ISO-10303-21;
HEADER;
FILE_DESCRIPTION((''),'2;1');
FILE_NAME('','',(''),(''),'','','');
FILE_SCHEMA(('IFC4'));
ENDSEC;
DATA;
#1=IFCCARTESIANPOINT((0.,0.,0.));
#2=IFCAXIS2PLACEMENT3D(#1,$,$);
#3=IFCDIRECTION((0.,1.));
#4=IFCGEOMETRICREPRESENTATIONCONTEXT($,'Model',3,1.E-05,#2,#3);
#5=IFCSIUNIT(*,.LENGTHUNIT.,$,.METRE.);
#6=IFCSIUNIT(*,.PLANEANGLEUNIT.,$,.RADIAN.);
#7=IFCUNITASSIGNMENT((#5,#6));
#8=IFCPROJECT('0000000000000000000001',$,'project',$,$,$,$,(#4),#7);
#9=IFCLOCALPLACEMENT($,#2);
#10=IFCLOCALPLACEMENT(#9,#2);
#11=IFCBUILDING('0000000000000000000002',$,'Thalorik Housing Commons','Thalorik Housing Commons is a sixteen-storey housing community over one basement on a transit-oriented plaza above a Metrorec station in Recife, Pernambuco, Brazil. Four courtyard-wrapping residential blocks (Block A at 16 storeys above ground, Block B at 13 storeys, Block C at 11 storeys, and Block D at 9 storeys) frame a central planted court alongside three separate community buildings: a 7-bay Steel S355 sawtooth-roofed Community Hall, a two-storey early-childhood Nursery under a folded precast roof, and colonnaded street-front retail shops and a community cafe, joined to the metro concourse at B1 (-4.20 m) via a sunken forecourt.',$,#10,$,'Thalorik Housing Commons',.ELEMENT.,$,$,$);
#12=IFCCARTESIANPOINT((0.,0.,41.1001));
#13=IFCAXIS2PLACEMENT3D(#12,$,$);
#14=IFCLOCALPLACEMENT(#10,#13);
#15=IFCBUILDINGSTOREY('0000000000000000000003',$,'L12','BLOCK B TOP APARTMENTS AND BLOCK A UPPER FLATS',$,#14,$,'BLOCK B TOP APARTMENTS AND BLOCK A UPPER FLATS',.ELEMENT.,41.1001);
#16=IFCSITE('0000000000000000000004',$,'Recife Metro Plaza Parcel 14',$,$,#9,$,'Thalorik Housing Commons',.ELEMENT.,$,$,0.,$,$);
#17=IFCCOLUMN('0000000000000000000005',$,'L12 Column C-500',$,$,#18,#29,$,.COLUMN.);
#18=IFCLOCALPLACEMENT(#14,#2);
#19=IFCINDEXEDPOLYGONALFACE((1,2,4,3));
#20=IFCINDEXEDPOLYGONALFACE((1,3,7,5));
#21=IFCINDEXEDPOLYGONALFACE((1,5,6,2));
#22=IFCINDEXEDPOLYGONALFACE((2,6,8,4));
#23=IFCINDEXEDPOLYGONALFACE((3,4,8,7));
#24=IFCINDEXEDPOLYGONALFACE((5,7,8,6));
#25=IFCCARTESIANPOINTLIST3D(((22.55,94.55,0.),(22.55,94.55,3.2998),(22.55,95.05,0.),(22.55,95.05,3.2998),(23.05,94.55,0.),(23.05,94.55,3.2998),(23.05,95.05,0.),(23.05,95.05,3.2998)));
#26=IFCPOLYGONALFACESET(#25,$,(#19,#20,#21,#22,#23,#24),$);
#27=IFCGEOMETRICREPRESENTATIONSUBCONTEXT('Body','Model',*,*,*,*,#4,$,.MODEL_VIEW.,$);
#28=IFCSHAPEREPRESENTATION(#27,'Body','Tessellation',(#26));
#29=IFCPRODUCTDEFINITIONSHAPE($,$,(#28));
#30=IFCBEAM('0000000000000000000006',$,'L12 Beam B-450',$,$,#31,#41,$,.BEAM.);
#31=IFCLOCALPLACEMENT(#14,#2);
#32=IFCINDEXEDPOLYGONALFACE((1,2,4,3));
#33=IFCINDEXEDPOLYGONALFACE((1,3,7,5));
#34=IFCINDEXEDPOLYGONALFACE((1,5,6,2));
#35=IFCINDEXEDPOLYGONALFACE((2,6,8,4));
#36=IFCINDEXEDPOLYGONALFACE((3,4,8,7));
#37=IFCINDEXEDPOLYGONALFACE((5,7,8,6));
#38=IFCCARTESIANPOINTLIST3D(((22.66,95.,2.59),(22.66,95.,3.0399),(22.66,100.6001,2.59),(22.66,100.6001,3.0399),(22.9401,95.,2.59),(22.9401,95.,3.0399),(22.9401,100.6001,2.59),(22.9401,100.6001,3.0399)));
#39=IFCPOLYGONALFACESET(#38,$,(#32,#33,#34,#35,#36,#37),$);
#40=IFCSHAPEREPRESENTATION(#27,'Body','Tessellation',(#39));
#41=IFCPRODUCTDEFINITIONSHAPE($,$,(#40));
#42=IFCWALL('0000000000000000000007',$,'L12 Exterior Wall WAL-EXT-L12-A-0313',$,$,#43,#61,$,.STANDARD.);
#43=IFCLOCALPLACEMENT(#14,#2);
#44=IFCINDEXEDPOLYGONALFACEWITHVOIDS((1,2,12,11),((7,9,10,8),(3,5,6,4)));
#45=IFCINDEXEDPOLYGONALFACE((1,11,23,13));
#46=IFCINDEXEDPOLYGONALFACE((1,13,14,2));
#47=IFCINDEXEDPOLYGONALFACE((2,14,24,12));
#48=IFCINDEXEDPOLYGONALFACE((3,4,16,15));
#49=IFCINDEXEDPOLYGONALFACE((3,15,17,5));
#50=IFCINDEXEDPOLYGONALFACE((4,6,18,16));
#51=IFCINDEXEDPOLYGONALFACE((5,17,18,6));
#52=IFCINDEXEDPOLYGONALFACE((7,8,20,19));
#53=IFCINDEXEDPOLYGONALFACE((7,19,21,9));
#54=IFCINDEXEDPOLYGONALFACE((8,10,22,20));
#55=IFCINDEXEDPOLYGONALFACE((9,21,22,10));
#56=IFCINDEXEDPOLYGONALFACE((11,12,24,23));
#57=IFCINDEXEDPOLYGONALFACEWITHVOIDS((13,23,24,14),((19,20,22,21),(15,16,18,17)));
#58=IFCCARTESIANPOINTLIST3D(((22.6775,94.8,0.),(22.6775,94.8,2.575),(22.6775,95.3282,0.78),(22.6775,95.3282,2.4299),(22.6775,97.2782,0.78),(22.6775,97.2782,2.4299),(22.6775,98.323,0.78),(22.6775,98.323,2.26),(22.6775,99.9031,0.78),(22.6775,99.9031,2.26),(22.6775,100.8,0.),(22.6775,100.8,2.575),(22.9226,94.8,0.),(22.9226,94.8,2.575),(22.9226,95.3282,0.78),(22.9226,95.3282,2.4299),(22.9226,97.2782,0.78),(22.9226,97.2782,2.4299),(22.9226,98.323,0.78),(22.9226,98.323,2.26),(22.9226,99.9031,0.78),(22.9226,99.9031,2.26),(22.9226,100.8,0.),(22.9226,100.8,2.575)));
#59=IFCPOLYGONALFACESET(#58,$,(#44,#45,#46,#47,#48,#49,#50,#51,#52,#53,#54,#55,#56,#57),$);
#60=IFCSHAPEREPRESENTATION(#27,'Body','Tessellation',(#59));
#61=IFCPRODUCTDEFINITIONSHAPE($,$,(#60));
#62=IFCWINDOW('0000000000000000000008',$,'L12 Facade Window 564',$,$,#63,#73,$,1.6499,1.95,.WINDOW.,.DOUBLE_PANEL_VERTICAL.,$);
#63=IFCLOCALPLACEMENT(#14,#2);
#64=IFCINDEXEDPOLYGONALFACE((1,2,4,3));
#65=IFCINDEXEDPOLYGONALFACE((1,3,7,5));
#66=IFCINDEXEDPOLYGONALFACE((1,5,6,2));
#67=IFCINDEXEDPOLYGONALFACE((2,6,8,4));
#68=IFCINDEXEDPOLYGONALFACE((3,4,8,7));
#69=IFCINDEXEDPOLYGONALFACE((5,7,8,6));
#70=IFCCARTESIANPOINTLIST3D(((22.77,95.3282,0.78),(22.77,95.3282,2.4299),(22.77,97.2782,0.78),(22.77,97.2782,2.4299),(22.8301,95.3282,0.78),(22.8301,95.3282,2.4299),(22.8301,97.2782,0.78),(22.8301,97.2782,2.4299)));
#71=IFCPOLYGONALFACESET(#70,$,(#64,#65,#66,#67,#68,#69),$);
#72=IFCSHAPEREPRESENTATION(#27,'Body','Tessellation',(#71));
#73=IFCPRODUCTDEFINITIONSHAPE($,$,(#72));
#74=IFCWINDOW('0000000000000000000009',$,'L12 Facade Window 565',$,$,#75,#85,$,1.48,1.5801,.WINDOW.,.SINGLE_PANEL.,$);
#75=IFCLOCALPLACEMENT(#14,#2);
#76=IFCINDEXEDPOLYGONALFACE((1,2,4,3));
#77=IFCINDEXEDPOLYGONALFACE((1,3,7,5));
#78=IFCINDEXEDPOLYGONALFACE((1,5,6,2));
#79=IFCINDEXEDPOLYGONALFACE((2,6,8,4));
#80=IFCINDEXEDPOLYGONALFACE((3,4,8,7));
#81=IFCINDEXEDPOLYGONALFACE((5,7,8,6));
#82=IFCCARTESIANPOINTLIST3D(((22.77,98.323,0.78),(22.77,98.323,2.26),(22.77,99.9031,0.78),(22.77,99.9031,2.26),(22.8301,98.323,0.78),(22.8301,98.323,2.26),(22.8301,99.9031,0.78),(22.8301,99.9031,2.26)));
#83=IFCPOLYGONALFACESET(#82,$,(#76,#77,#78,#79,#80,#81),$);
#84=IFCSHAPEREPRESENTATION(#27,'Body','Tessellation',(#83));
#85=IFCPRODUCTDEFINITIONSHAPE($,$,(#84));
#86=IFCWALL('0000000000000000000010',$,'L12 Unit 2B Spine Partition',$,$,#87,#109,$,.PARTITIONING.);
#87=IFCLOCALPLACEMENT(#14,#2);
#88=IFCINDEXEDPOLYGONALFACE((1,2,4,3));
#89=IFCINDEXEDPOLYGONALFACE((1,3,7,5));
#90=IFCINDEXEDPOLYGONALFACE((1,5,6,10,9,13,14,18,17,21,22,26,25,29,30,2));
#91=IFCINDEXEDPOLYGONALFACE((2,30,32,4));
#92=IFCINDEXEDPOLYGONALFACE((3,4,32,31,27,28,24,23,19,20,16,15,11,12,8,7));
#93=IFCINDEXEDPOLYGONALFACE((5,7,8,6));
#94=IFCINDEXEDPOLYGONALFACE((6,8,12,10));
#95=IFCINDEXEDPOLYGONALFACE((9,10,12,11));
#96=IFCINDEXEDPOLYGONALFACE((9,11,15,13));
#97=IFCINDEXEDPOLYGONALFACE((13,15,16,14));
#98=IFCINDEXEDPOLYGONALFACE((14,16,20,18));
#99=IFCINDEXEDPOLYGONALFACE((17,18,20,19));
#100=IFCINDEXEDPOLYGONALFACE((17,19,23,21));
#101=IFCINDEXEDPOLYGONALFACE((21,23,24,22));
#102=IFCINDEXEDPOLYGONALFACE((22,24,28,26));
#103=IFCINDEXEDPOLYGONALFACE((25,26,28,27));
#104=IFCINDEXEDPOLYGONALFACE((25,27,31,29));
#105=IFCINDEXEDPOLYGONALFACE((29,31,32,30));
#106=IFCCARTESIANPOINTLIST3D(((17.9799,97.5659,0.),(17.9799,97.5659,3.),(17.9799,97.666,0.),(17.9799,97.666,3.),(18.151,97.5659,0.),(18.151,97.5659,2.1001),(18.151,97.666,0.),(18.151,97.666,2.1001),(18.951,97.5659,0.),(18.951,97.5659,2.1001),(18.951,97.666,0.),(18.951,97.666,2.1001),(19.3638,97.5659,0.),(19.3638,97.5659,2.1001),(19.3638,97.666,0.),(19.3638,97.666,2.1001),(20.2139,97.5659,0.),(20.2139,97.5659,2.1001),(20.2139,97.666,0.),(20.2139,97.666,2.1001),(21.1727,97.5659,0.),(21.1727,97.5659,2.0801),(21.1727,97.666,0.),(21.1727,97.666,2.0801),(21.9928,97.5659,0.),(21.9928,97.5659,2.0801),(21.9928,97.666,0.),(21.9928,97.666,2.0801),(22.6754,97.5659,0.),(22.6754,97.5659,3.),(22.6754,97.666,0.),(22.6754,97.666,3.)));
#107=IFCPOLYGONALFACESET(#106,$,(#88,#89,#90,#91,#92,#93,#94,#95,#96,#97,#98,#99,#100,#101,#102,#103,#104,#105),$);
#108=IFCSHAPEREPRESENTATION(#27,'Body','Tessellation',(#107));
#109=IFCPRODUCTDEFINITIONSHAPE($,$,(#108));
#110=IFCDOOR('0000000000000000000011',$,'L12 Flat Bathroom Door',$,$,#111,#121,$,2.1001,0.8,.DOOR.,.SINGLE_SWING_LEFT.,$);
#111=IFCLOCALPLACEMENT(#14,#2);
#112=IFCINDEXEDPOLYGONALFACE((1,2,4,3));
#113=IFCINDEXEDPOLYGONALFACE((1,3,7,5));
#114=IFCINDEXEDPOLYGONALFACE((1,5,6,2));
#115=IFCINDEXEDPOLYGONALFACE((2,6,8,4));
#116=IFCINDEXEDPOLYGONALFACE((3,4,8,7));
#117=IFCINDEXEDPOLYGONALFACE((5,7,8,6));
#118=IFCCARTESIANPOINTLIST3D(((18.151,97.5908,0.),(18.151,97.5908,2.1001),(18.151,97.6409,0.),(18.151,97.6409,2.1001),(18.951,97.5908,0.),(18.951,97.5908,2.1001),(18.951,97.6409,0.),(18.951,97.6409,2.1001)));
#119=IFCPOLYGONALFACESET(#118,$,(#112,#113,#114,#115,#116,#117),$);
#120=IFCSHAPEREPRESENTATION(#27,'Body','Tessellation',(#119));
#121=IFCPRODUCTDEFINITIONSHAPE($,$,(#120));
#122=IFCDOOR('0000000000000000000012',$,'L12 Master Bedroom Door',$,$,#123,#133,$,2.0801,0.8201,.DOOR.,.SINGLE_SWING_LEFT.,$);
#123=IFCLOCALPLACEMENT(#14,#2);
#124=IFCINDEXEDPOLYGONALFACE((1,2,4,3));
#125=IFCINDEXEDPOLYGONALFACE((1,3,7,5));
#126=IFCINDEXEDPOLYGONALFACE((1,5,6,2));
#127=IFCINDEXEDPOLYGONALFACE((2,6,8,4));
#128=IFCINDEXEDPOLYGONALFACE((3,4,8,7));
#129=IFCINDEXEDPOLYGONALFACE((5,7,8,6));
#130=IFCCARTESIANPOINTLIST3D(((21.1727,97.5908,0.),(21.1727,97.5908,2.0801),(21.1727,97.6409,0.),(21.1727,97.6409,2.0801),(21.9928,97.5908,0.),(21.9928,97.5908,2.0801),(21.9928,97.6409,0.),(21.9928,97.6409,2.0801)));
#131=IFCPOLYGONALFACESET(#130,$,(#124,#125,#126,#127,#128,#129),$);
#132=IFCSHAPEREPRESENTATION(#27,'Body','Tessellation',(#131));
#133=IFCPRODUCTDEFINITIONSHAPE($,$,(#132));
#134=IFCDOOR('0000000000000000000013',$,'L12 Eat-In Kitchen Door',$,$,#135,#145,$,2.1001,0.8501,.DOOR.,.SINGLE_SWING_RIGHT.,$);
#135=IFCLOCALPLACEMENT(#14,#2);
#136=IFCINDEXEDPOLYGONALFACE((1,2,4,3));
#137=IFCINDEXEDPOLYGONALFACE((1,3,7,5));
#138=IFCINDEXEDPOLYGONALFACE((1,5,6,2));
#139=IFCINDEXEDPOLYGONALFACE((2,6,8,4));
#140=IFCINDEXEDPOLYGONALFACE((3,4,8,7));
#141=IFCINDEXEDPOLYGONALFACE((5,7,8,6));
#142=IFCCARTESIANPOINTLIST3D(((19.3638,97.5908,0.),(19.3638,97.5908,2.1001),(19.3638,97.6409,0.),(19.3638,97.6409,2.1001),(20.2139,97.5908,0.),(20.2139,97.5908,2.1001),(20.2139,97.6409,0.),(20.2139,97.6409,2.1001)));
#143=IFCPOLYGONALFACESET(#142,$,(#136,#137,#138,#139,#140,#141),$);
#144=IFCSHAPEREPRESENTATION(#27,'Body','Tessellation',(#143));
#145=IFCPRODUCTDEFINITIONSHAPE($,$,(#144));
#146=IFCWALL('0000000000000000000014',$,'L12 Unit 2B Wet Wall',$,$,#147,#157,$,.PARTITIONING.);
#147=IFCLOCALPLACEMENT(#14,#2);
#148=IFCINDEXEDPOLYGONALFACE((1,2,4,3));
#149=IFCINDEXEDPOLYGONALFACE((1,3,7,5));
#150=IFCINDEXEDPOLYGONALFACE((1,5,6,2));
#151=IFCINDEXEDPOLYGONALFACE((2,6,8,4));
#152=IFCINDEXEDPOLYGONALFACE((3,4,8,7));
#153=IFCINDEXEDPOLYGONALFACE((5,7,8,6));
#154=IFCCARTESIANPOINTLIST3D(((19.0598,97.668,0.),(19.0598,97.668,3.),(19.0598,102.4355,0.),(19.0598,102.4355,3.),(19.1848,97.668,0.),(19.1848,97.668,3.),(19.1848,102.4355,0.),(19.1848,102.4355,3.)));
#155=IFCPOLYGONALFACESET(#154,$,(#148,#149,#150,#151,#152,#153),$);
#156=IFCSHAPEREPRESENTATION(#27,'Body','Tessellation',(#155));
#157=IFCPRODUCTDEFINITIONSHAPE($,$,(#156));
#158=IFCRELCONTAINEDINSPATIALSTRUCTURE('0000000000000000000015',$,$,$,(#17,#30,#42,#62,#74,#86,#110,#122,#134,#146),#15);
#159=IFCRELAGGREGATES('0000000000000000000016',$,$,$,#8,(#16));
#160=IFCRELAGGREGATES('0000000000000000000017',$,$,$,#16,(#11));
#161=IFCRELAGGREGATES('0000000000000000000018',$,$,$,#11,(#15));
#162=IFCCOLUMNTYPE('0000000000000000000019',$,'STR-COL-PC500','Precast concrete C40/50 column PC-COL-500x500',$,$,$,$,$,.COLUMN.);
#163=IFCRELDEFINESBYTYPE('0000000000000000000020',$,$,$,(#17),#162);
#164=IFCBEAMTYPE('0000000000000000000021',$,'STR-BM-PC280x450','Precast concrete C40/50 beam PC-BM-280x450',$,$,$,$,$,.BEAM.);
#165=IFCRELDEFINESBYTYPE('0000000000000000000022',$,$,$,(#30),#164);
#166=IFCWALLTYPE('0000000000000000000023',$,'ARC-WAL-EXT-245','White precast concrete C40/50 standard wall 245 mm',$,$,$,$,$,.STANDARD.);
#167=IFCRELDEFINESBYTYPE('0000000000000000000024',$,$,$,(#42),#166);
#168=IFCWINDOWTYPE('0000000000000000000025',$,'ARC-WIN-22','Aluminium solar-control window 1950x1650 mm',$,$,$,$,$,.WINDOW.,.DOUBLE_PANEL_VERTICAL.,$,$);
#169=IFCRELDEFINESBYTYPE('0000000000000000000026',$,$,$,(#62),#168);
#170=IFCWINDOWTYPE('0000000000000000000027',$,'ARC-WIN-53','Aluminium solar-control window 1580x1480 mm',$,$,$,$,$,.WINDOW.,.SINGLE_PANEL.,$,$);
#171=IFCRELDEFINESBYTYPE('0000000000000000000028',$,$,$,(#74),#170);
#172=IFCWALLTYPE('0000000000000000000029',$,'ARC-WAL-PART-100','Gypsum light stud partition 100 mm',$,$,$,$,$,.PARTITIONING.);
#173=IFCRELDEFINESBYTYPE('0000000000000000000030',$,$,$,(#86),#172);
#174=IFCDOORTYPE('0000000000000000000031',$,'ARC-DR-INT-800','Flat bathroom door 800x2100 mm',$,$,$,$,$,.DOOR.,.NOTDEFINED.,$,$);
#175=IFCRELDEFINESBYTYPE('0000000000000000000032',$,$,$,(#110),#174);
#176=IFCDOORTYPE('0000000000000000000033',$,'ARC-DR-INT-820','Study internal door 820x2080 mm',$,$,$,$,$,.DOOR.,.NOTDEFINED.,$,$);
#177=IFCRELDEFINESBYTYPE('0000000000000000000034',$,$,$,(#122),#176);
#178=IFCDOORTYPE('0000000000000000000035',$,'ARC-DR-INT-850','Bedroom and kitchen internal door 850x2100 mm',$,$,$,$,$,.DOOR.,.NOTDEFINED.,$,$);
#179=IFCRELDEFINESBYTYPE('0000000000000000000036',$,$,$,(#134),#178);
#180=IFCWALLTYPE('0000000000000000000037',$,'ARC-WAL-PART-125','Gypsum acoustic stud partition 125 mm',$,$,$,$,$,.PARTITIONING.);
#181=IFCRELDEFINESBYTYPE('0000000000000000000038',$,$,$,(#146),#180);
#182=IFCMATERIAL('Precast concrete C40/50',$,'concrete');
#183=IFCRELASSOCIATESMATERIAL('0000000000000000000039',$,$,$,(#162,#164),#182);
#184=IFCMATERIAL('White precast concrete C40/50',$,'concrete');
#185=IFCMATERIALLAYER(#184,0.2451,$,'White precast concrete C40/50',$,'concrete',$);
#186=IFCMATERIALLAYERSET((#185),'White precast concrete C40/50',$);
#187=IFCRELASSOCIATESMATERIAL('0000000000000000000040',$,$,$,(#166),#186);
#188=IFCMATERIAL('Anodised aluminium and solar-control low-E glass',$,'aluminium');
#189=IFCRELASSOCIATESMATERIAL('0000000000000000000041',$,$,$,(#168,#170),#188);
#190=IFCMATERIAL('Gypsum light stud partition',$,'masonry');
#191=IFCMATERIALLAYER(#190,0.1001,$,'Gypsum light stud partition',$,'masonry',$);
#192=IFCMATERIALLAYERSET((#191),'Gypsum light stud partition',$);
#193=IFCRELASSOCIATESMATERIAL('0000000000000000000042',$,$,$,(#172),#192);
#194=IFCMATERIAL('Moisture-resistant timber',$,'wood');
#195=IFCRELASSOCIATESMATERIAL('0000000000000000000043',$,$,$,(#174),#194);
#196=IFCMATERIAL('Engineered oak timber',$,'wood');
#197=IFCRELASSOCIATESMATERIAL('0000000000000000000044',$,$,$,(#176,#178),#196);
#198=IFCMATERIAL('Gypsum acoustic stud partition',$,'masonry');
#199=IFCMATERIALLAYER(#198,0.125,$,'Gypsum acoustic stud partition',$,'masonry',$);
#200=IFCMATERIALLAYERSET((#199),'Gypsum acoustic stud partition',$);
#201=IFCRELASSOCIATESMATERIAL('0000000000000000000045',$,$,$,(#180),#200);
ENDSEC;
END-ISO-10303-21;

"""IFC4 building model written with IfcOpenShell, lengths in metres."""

from ifc_helpers import new_model, si_unit, direction, frame, frame_2d, origin, origin_2d, place, context, subcontext, project, spatial, rectangle, extrude, material, layer, layer_set, material_profile, profile_set, type_object, element, fill, save


model = new_model("IFC4")

# Units and contexts
model_context = context("Model", 3, precision=1e-05, world=origin(), true_north=direction((0.0, 1.0)))
body_context = subcontext(model_context, "Body", "Model", "MODEL_VIEW")
ifc_project = project(units=[si_unit("LENGTHUNIT", "METRE"), si_unit("PLANEANGLEUNIT", "RADIAN")], contexts=[model_context])

# Site, building, storey
site_placement = place(None, origin())
site = spatial("IfcSite", under=ifc_project, at=site_placement, Name="Recife Metro Plaza Parcel 14", LongName="Thalorik Housing Commons", CompositionType="ELEMENT", RefElevation=0.0)
building_placement = place(site_placement, origin())
building = spatial("IfcBuilding", under=site, at=building_placement, Name="Thalorik Housing Commons", Description="Thalorik Housing Commons is a sixteen-storey housing community over one basement on a transit-oriented plaza above a Metrorec station in Recife, Pernambuco, Brazil. Four courtyard-wrapping residential blocks (Block A at 16 storeys above ground, Block B at 13 storeys, Block C at 11 storeys, and Block D at 9 storeys) frame a central planted court alongside three separate community buildings: a 7-bay Steel S355 sawtooth-roofed Community Hall, a two-storey early-childhood Nursery under a folded precast roof, and colonnaded street-front retail shops and a community cafe, joined to the metro concourse at B1 (-4.20 m) via a sunken forecourt.", LongName="Thalorik Housing Commons", CompositionType="ELEMENT")
storey_placement = place(building_placement, frame((0.0, 0.0, 41.1001)))
storey = spatial("IfcBuildingStorey", under=building, at=storey_placement, Name="L12", Description="BLOCK B TOP APARTMENTS AND BLOCK A UPPER FLATS", LongName="BLOCK B TOP APARTMENTS AND BLOCK A UPPER FLATS", CompositionType="ELEMENT", Elevation=41.1001)

# Column
ifc_material_1 = material(Name="Precast concrete C40/50", Category="concrete")
ifc_material_profile_1 = material_profile(ifc_material_1, rectangle(XDim=0.5, YDim=0.5, at=origin_2d()), Name="PC 500x500", Category="concrete")
ifc_profile_set_1 = profile_set([ifc_material_profile_1], Name="Precast concrete C40/50")
column_type = type_object("IfcColumnType", Name="STR-COL-PC500", Description="Precast concrete C40/50 column PC-COL-500x500", PredefinedType="COLUMN", material=ifc_profile_set_1)
column_placement = place(storey_placement, frame((22.8, 94.8, 0.0), z_axis=(0.0, 0.0, 1.0), x_axis=(1.0, 0.0, 0.0)))
element("IfcColumn", 1, at=column_placement, inside=storey, type_object=column_type, Name="L12 Column C-500", PredefinedType="COLUMN", context=body_context, shape_type="SweptSolid", body=[
    extrude(rectangle(XDim=0.5, YDim=0.5, at=origin_2d()), origin(), (0.0, 0.0, 1.0), 3.2998),
])

# Beam
ifc_material_profile_2 = material_profile(ifc_material_1, rectangle(XDim=0.28, YDim=0.45, at=origin_2d()), Name="PC 280x450", Category="concrete")
ifc_profile_set_2 = profile_set([ifc_material_profile_2], Name="Precast concrete C40/50")
beam_type = type_object("IfcBeamType", Name="STR-BM-PC280x450", Description="Precast concrete C40/50 beam PC-BM-280x450", PredefinedType="BEAM", material=ifc_profile_set_2)
beam_placement = place(storey_placement, frame((22.8, 95.0, 2.8149), z_axis=(0.0, 1.0, 0.0), x_axis=(-1.0, 0.0, 0.0)))
element("IfcBeam", 2, at=beam_placement, inside=storey, type_object=beam_type, Name="L12 Beam B-450", PredefinedType="BEAM", context=body_context, shape_type="SweptSolid", body=[
    extrude(rectangle(XDim=0.28, YDim=0.45, at=origin_2d()), origin(), (0.0, 0.0, 1.0), 5.6001),
])

# Wall, openings, windows
ifc_material_2 = material(Name="White precast concrete C40/50", Category="concrete")
ifc_layer_1 = layer(ifc_material_2, 0.2451, Name="White precast concrete C40/50", Category="concrete")
ifc_layer_set_1 = layer_set([ifc_layer_1], Name="White precast concrete C40/50")
wall_type_1 = type_object("IfcWallType", Name="ARC-WAL-EXT-245", Description="White precast concrete C40/50 standard wall 245 mm", PredefinedType="STANDARD", material=ifc_layer_set_1)
wall_1_placement = place(storey_placement, frame((22.8, 94.8, 0.0), z_axis=(0.0, 0.0, 1.0), x_axis=(0.0, 1.0, 0.0)))
wall_1 = element("IfcWall", 3, at=wall_1_placement, inside=storey, type_object=wall_type_1, Name="L12 Exterior Wall WAL-EXT-L12-A-0313", PredefinedType="STANDARD", context=body_context, shape_type="SweptSolid", body=[
    extrude(rectangle(XDim=6.0, YDim=0.2451, at=frame_2d((3.0, 0.0))), origin(), (0.0, 0.0, 1.0), 2.575),
])
opening_1_placement = place(wall_1_placement, frame((0.5281, 0.0, 0.78)))
opening_1 = element("IfcOpeningElement", 4, at=opening_1_placement, cuts=wall_1, PredefinedType="OPENING", context=body_context, shape_type="SweptSolid", body=[
    extrude(rectangle(XDim=1.95, YDim=1.6499, at=frame_2d((0.9751, 0.825))), frame((0.0, 0.1326, 0.0), z_axis=(0.0, -1.0, 0.0), x_axis=(1.0, 0.0, 0.0)), (0.0, 0.0, 1.0), 0.2651),
])
opening_2_placement = place(wall_1_placement, frame((3.5229, 0.0, 0.78)))
opening_2 = element("IfcOpeningElement", 5, at=opening_2_placement, cuts=wall_1, PredefinedType="OPENING", context=body_context, shape_type="SweptSolid", body=[
    extrude(rectangle(XDim=1.5801, YDim=1.48, at=frame_2d((0.79, 0.74))), frame((0.0, 0.1326, 0.0), z_axis=(0.0, -1.0, 0.0), x_axis=(1.0, 0.0, 0.0)), (0.0, 0.0, 1.0), 0.2651),
])
ifc_material_3 = material(Name="Anodised aluminium and solar-control low-E glass", Category="aluminium")
window_type_1 = type_object("IfcWindowType", Name="ARC-WIN-22", Description="Aluminium solar-control window 1950x1650 mm", PartitioningType="DOUBLE_PANEL_VERTICAL", PredefinedType="WINDOW", material=ifc_material_3)
window_1_placement = place(opening_1_placement, origin())
window_1 = element("IfcWindow", 6, at=window_1_placement, inside=storey, type_object=window_type_1, Name="L12 Facade Window 564", OverallHeight=1.6499, OverallWidth=1.95, PartitioningType="DOUBLE_PANEL_VERTICAL", PredefinedType="WINDOW", context=body_context, shape_type="SweptSolid", body=[
    extrude(rectangle(XDim=1.95, YDim=1.6499, at=frame_2d((0.9751, 0.825))), frame((0.0, 0.03, 0.0), z_axis=(0.0, -1.0, 0.0), x_axis=(1.0, 0.0, 0.0)), (0.0, 0.0, 1.0), 0.0601),
])
fill(opening_1, window_1)
window_type_2 = type_object("IfcWindowType", Name="ARC-WIN-53", Description="Aluminium solar-control window 1580x1480 mm", PartitioningType="SINGLE_PANEL", PredefinedType="WINDOW", material=ifc_material_3)
window_2_placement = place(opening_2_placement, origin())
window_2 = element("IfcWindow", 7, at=window_2_placement, inside=storey, type_object=window_type_2, Name="L12 Facade Window 565", OverallHeight=1.48, OverallWidth=1.5801, PartitioningType="SINGLE_PANEL", PredefinedType="WINDOW", context=body_context, shape_type="SweptSolid", body=[
    extrude(rectangle(XDim=1.5801, YDim=1.48, at=frame_2d((0.79, 0.74))), frame((0.0, 0.03, 0.0), z_axis=(0.0, -1.0, 0.0), x_axis=(1.0, 0.0, 0.0)), (0.0, 0.0, 1.0), 0.0601),
])
fill(opening_2, window_2)

# Wall, openings, doors
ifc_material_4 = material(Name="Gypsum light stud partition", Category="masonry")
ifc_layer_2 = layer(ifc_material_4, 0.1001, Name="Gypsum light stud partition", Category="masonry")
ifc_layer_set_2 = layer_set([ifc_layer_2], Name="Gypsum light stud partition")
wall_type_2 = type_object("IfcWallType", Name="ARC-WAL-PART-100", Description="Gypsum light stud partition 100 mm", PredefinedType="PARTITIONING", material=ifc_layer_set_2)
wall_2_placement = place(storey_placement, frame((17.98, 97.616, 0.0), z_axis=(0.0, 0.0, 1.0), x_axis=(1.0, 0.0, 0.0)))
wall_2 = element("IfcWall", 8, at=wall_2_placement, inside=storey, type_object=wall_type_2, Name="L12 Unit 2B Spine Partition", PredefinedType="PARTITIONING", context=body_context, shape_type="SweptSolid", body=[
    extrude(rectangle(XDim=4.6956, YDim=0.1001, at=frame_2d((2.3477, 0.0))), origin(), (0.0, 0.0, 1.0), 3.0),
])
opening_3_placement = place(wall_2_placement, frame((0.1711, 0.0, 0.0)))
opening_3 = element("IfcOpeningElement", 9, at=opening_3_placement, cuts=wall_2, PredefinedType="OPENING", context=body_context, shape_type="SweptSolid", body=[
    extrude(rectangle(XDim=0.8, YDim=2.1001, at=frame_2d((0.3999, 1.05))), frame((0.0, 0.0601, 0.0), z_axis=(0.0, -1.0, 0.0), x_axis=(1.0, 0.0, 0.0)), (0.0, 0.0, 1.0), 0.1201),
])
opening_4_placement = place(wall_2_placement, frame((1.3838, 0.0, 0.0)))
opening_4 = element("IfcOpeningElement", 10, at=opening_4_placement, cuts=wall_2, PredefinedType="OPENING", context=body_context, shape_type="SweptSolid", body=[
    extrude(rectangle(XDim=0.8501, YDim=2.1001, at=frame_2d((0.425, 1.05))), frame((0.0, 0.0601, 0.0), z_axis=(0.0, -1.0, 0.0), x_axis=(1.0, 0.0, 0.0)), (0.0, 0.0, 1.0), 0.1201),
])
opening_5_placement = place(wall_2_placement, frame((3.1926, 0.0, 0.0)))
opening_5 = element("IfcOpeningElement", 11, at=opening_5_placement, cuts=wall_2, PredefinedType="OPENING", context=body_context, shape_type="SweptSolid", body=[
    extrude(rectangle(XDim=0.8201, YDim=2.0801, at=frame_2d((0.4102, 1.04))), frame((0.0, 0.0601, 0.0), z_axis=(0.0, -1.0, 0.0), x_axis=(1.0, 0.0, 0.0)), (0.0, 0.0, 1.0), 0.1201),
])
ifc_material_5 = material(Name="Moisture-resistant timber", Category="wood")
door_type_1 = type_object("IfcDoorType", Name="ARC-DR-INT-800", Description="Flat bathroom door 800x2100 mm", OperationType="NOTDEFINED", PredefinedType="DOOR", material=ifc_material_5)
door_1_placement = place(opening_3_placement, origin())
door_1 = element("IfcDoor", 12, at=door_1_placement, inside=storey, type_object=door_type_1, Name="L12 Flat Bathroom Door", OperationType="SINGLE_SWING_LEFT", OverallHeight=2.1001, OverallWidth=0.8, PredefinedType="DOOR", context=body_context, shape_type="SweptSolid", body=[
    extrude(rectangle(XDim=0.8, YDim=2.1001, at=frame_2d((0.3999, 1.05))), frame((0.0, 0.0249, 0.0), z_axis=(0.0, -1.0, 0.0), x_axis=(1.0, 0.0, 0.0)), (0.0, 0.0, 1.0), 0.05),
])
fill(opening_3, door_1)
ifc_material_6 = material(Name="Engineered oak timber", Category="wood")
door_type_2 = type_object("IfcDoorType", Name="ARC-DR-INT-820", Description="Study internal door 820x2080 mm", OperationType="NOTDEFINED", PredefinedType="DOOR", material=ifc_material_6)
door_2_placement = place(opening_5_placement, origin())
door_2 = element("IfcDoor", 13, at=door_2_placement, inside=storey, type_object=door_type_2, Name="L12 Master Bedroom Door", OperationType="SINGLE_SWING_LEFT", OverallHeight=2.0801, OverallWidth=0.8201, PredefinedType="DOOR", context=body_context, shape_type="SweptSolid", body=[
    extrude(rectangle(XDim=0.8201, YDim=2.0801, at=frame_2d((0.4102, 1.04))), frame((0.0, 0.0249, 0.0), z_axis=(0.0, -1.0, 0.0), x_axis=(1.0, 0.0, 0.0)), (0.0, 0.0, 1.0), 0.05),
])
fill(opening_5, door_2)
door_type_3 = type_object("IfcDoorType", Name="ARC-DR-INT-850", Description="Bedroom and kitchen internal door 850x2100 mm", OperationType="NOTDEFINED", PredefinedType="DOOR", material=ifc_material_6)
door_3_placement = place(opening_4_placement, origin())
door_3 = element("IfcDoor", 14, at=door_3_placement, inside=storey, type_object=door_type_3, Name="L12 Eat-In Kitchen Door", OperationType="SINGLE_SWING_RIGHT", OverallHeight=2.1001, OverallWidth=0.8501, PredefinedType="DOOR", context=body_context, shape_type="SweptSolid", body=[
    extrude(rectangle(XDim=0.8501, YDim=2.1001, at=frame_2d((0.425, 1.05))), frame((0.0, 0.0249, 0.0), z_axis=(0.0, -1.0, 0.0), x_axis=(1.0, 0.0, 0.0)), (0.0, 0.0, 1.0), 0.05),
])
fill(opening_4, door_3)

# Wall
ifc_material_7 = material(Name="Gypsum acoustic stud partition", Category="masonry")
ifc_layer_3 = layer(ifc_material_7, 0.125, Name="Gypsum acoustic stud partition", Category="masonry")
ifc_layer_set_3 = layer_set([ifc_layer_3], Name="Gypsum acoustic stud partition")
wall_type_3 = type_object("IfcWallType", Name="ARC-WAL-PART-125", Description="Gypsum acoustic stud partition 125 mm", PredefinedType="PARTITIONING", material=ifc_layer_set_3)
wall_3_placement = place(storey_placement, frame((19.1223, 97.668, 0.0), z_axis=(0.0, 0.0, 1.0), x_axis=(0.0, 1.0, 0.0)))
element("IfcWall", 15, at=wall_3_placement, inside=storey, type_object=wall_type_3, Name="L12 Unit 2B Wet Wall", PredefinedType="PARTITIONING", context=body_context, shape_type="SweptSolid", body=[
    extrude(rectangle(XDim=4.7676, YDim=0.125, at=frame_2d((2.3838, 0.0))), origin(), (0.0, 0.0, 1.0), 3.0),
])

save(model, "model.ifc")
